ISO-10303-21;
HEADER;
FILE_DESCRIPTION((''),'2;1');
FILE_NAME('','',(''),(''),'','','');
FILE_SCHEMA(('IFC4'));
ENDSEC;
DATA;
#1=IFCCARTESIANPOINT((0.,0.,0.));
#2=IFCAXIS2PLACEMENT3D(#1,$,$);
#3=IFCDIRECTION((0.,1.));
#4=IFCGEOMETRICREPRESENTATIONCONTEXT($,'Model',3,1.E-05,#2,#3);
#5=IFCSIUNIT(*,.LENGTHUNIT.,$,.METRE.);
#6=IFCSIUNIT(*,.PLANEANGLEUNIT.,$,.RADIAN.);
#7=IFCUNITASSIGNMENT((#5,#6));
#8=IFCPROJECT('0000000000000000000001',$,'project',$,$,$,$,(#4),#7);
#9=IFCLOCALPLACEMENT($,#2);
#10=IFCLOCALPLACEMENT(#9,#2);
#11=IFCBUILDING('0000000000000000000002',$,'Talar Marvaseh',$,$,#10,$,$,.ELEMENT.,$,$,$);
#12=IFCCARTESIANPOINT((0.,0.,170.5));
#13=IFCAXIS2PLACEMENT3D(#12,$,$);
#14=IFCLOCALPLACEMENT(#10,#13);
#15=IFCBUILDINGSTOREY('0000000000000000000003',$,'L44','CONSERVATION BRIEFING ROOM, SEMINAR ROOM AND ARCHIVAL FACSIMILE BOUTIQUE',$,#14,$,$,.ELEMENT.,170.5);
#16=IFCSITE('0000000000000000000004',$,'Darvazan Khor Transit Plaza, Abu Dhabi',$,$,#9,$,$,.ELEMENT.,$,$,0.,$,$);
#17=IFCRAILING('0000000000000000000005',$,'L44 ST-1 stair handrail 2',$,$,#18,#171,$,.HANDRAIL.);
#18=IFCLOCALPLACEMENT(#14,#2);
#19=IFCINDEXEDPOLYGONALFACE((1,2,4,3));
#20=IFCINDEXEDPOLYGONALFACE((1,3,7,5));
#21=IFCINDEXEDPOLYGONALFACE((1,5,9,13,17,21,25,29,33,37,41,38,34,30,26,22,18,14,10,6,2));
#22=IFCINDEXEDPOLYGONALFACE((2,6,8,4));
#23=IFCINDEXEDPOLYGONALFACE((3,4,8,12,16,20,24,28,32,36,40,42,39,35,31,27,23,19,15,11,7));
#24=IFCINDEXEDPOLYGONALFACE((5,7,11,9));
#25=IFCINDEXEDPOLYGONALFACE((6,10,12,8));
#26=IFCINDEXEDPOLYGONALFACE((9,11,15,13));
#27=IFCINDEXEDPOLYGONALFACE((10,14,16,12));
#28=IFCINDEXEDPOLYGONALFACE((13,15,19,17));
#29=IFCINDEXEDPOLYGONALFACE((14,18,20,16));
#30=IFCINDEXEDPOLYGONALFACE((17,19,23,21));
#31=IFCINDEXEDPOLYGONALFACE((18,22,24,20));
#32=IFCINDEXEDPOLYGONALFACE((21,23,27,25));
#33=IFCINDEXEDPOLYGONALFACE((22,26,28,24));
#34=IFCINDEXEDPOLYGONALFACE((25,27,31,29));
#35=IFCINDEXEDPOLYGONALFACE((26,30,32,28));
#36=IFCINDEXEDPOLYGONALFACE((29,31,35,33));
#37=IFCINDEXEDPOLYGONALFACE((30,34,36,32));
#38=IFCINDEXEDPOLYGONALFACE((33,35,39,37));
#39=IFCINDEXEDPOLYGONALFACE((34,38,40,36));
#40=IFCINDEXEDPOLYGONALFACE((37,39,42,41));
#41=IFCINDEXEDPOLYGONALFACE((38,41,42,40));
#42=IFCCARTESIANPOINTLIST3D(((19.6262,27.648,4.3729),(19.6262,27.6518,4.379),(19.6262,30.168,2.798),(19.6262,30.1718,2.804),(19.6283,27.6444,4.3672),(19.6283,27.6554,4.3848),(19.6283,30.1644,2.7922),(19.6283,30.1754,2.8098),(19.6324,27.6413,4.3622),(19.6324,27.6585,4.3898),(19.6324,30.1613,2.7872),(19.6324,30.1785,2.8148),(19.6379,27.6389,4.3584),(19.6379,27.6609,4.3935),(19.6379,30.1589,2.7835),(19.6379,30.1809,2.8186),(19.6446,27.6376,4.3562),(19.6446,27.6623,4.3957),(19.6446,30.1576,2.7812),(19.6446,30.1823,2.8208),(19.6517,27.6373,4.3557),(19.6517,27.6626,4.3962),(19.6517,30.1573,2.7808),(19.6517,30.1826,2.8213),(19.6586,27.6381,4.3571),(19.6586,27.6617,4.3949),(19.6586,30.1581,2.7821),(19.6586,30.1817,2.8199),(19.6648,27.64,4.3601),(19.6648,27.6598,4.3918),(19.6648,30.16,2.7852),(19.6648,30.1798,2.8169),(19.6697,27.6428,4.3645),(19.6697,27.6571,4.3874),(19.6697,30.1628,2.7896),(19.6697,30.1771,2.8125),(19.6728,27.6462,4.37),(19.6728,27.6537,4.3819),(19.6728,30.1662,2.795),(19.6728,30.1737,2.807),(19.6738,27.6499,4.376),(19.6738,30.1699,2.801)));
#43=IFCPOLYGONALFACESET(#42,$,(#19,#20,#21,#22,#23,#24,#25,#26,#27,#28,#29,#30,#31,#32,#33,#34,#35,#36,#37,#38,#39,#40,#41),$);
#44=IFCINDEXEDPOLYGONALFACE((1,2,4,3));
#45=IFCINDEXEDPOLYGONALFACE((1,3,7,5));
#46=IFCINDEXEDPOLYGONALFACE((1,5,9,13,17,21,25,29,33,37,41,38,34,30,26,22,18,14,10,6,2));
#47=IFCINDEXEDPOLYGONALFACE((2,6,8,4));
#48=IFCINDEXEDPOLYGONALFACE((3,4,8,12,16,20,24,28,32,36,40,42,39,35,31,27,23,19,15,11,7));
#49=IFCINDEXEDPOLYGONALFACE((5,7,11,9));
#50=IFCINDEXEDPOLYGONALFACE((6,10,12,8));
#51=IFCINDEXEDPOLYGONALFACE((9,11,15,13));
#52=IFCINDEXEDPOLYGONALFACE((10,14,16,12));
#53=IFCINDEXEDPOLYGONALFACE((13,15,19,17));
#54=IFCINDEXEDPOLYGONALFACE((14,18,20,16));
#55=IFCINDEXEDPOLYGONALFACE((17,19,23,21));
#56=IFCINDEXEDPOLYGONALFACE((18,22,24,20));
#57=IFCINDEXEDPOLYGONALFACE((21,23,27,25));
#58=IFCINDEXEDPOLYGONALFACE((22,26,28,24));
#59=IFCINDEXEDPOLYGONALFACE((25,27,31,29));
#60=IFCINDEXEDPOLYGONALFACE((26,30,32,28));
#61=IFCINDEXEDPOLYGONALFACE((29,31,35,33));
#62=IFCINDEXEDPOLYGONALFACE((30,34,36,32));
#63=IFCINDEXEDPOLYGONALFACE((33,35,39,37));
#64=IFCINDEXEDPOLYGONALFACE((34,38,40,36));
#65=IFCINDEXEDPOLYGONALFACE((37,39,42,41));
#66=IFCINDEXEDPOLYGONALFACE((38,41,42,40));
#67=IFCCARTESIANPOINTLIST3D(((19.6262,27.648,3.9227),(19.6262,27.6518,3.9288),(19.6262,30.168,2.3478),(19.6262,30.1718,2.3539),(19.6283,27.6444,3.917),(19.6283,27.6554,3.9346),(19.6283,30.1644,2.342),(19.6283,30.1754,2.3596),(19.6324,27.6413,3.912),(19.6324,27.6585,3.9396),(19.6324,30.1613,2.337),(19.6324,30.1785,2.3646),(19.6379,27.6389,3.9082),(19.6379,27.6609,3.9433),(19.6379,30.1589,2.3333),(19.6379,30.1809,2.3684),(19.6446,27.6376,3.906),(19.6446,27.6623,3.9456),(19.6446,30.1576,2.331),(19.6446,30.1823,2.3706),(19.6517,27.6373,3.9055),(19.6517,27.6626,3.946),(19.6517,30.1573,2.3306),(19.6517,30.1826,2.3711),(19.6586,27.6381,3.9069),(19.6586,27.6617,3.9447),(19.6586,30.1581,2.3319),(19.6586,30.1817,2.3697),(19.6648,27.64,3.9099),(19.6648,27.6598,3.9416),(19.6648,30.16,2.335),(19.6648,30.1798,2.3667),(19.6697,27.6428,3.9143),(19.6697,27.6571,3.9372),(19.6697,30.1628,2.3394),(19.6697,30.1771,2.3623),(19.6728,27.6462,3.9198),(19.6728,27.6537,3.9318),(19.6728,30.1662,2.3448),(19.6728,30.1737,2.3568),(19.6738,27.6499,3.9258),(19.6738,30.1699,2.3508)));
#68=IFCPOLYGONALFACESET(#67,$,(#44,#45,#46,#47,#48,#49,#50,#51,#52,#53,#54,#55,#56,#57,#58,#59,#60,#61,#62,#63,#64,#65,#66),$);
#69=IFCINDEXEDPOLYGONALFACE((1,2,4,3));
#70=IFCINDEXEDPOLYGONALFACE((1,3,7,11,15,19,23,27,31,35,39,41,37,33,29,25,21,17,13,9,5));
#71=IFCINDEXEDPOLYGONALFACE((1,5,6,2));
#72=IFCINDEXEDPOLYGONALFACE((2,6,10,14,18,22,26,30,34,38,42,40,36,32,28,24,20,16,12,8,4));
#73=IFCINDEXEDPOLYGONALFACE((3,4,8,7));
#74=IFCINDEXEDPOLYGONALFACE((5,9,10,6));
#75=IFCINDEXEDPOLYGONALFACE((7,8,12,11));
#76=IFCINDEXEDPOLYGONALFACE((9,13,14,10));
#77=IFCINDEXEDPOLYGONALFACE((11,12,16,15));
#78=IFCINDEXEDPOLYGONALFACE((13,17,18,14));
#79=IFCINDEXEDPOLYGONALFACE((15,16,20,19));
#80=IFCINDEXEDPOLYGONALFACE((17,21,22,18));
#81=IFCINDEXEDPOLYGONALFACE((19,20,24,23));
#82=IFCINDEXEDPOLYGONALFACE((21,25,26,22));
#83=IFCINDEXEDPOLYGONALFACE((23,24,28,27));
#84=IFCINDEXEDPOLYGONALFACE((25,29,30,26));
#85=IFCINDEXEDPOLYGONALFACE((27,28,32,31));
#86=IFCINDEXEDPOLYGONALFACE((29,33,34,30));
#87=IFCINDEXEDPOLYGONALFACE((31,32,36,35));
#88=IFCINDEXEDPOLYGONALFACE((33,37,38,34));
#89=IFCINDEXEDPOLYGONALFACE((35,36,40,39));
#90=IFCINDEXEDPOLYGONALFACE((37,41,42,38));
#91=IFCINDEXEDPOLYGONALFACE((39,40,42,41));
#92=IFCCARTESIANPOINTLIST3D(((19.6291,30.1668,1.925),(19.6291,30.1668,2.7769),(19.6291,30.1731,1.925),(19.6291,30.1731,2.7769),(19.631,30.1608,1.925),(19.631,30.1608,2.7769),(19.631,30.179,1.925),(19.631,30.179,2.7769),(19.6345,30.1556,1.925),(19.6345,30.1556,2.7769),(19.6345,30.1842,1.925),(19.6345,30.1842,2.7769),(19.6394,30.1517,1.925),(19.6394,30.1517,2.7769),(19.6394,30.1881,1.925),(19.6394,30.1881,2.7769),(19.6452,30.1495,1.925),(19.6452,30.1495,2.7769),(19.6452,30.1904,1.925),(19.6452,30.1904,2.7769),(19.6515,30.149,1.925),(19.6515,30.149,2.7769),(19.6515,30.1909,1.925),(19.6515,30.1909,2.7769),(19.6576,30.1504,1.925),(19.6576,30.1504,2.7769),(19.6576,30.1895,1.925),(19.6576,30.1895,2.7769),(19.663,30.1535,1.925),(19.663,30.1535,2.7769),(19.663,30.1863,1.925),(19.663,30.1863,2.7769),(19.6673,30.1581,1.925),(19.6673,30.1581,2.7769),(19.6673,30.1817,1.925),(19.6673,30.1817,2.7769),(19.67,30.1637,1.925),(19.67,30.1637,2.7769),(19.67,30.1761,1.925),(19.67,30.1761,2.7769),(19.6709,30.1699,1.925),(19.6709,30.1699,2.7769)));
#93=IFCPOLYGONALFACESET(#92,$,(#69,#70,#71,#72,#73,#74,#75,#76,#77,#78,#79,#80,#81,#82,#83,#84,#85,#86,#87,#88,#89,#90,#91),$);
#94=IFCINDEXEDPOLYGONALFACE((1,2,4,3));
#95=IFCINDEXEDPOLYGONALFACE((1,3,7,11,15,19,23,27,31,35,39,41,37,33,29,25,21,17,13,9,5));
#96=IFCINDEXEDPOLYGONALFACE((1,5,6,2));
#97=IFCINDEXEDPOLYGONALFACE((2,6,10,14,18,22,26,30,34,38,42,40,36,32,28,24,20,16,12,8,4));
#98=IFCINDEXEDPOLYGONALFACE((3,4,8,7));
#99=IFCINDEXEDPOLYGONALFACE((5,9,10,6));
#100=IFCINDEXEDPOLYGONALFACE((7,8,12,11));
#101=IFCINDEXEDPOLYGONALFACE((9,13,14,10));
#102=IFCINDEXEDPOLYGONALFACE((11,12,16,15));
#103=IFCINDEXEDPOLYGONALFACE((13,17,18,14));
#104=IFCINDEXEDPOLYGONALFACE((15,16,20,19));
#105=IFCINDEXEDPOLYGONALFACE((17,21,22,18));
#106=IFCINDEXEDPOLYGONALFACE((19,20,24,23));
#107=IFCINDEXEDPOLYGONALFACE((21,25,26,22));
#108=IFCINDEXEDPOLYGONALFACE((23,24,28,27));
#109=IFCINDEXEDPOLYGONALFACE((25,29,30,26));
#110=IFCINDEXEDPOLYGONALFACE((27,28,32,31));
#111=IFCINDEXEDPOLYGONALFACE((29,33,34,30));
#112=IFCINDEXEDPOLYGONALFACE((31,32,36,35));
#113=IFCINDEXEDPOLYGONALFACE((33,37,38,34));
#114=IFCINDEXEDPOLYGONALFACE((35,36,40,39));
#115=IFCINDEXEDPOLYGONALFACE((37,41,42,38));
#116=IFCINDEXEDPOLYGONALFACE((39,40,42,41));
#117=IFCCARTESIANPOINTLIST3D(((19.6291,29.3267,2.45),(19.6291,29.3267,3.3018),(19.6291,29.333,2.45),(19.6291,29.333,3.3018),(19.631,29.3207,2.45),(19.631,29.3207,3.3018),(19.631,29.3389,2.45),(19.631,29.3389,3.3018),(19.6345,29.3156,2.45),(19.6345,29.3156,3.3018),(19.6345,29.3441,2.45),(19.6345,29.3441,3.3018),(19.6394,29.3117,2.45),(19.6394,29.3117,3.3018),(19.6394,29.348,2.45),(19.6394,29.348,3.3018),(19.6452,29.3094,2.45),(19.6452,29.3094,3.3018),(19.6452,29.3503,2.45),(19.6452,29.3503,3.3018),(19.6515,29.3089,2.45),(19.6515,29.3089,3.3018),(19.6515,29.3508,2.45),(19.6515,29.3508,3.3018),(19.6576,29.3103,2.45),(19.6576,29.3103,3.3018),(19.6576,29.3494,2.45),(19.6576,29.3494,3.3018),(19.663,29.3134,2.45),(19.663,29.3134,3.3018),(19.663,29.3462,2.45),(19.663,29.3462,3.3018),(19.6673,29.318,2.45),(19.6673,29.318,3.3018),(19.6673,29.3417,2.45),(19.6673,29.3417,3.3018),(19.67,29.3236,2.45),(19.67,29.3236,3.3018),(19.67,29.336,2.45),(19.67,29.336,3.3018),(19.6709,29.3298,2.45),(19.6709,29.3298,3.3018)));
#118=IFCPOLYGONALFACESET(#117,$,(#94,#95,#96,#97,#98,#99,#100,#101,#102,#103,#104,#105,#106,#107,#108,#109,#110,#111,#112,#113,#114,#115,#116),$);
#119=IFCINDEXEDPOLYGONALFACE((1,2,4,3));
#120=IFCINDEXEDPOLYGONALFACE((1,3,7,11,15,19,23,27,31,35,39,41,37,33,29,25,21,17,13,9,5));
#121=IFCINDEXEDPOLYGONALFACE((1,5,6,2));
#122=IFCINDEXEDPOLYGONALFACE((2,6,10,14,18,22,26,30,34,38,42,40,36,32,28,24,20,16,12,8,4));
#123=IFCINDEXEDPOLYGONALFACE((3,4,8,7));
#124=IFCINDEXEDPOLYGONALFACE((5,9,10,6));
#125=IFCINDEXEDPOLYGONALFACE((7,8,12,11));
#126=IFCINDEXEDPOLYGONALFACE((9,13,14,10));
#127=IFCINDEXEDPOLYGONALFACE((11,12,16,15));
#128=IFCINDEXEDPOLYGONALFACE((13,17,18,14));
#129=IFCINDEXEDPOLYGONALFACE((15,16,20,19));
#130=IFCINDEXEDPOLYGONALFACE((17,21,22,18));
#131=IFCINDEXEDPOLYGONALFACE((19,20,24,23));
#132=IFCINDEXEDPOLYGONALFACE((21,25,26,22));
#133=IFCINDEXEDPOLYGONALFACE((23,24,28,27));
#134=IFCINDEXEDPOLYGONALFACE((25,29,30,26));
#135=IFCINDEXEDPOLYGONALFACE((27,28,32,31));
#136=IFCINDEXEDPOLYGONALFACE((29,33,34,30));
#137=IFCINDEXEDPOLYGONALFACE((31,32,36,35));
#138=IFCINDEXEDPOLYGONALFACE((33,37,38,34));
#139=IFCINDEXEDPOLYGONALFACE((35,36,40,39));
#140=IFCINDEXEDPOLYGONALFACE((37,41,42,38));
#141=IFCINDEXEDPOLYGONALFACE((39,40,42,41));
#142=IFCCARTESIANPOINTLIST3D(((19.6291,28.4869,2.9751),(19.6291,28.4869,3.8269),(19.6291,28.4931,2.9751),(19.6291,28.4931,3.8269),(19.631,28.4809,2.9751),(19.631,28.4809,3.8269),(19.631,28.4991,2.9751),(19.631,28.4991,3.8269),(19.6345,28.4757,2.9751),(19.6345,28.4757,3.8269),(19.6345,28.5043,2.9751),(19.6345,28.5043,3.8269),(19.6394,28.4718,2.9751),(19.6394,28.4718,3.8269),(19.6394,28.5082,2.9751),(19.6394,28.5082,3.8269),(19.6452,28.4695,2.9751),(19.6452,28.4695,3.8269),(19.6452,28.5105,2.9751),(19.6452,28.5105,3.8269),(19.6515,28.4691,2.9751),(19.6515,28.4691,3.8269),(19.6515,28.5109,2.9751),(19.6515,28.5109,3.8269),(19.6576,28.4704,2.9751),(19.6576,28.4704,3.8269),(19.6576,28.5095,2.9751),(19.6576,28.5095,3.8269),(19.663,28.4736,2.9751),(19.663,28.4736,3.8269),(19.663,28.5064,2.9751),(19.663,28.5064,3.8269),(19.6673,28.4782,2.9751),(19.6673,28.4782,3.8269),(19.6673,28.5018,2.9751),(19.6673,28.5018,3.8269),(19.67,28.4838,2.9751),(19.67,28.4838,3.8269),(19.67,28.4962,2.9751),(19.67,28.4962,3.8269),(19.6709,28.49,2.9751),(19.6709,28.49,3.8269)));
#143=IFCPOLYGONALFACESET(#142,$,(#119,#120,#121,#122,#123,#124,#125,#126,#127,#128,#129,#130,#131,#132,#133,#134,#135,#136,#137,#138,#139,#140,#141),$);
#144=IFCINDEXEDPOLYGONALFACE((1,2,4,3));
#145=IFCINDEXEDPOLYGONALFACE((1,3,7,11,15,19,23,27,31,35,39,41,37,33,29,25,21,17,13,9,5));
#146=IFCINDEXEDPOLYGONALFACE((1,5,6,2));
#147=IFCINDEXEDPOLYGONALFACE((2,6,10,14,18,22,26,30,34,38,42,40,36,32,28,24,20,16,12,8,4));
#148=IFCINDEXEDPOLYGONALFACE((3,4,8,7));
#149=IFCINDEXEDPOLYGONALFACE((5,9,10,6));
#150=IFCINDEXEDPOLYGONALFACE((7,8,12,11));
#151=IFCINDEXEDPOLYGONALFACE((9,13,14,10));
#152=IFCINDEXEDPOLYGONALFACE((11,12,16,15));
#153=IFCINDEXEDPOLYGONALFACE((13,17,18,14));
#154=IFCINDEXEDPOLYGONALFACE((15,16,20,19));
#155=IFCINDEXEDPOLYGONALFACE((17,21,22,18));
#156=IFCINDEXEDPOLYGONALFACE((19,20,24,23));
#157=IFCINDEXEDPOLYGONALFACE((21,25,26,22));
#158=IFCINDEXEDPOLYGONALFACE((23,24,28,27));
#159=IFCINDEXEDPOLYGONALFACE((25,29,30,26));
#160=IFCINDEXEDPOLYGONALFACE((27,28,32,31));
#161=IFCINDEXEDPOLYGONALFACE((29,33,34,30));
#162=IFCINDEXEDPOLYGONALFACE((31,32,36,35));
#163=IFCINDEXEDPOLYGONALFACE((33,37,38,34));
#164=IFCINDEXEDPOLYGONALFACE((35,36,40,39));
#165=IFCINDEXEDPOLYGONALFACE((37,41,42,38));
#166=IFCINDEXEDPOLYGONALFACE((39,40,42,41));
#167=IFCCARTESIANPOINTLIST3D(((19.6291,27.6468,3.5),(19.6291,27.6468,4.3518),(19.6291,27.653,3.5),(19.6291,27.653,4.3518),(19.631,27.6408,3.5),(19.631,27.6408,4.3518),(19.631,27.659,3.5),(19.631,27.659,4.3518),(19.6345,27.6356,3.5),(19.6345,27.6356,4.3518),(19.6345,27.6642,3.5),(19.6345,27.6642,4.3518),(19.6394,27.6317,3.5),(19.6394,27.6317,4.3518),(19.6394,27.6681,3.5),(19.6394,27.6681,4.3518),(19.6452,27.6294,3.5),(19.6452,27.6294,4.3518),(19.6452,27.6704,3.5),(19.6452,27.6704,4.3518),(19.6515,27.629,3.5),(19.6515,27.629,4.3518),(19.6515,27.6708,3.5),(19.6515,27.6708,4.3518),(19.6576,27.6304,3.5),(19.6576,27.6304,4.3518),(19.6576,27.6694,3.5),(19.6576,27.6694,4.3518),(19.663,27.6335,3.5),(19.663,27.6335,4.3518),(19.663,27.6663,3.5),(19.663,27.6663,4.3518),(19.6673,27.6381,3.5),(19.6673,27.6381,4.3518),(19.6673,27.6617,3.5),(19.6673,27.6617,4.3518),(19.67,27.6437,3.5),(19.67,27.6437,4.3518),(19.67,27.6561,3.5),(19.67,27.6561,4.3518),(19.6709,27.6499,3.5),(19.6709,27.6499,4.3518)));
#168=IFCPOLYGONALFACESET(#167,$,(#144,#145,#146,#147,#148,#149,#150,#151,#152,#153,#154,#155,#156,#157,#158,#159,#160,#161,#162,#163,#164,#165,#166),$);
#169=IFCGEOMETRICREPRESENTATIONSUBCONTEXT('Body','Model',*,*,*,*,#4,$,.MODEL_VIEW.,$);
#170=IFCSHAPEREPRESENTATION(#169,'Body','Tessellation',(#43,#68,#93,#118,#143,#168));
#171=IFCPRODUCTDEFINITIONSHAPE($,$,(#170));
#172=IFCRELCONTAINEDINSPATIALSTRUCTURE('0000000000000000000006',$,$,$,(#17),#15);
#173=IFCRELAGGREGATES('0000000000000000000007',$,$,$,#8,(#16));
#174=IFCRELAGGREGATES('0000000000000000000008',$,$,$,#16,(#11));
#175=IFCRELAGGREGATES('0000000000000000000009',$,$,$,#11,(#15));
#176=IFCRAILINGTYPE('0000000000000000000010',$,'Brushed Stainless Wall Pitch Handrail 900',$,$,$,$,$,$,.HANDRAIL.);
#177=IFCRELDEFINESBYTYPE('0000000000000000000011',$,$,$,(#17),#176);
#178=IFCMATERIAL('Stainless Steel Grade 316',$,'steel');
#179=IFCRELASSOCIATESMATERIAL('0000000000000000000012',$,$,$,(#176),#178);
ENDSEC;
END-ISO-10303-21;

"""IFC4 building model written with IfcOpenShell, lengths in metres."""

from ifc_helpers import new_model, si_unit, direction, frame, origin, origin_2d, place, context, subcontext, project, spatial, circle, extrude, material, type_object, element, save


model = new_model("IFC4")

# Units and contexts
model_context = context("Model", 3, precision=1e-05, world=origin(), true_north=direction((0.0, 1.0)))
body_context = subcontext(model_context, "Body", "Model", "MODEL_VIEW")
ifc_project = project(units=[si_unit("LENGTHUNIT", "METRE"), si_unit("PLANEANGLEUNIT", "RADIAN")], contexts=[model_context])

# Site, building, storey
site_placement = place(None, origin())
site = spatial("IfcSite", under=ifc_project, at=site_placement, Name="Darvazan Khor Transit Plaza, Abu Dhabi", CompositionType="ELEMENT", RefElevation=0.0)
building_placement = place(site_placement, origin())
building = spatial("IfcBuilding", under=site, at=building_placement, Name="Talar Marvaseh", CompositionType="ELEMENT")
storey_placement = place(building_placement, frame((0.0, 0.0, 170.5)))
storey = spatial("IfcBuildingStorey", under=building, at=storey_placement, Name="L44", Description="CONSERVATION BRIEFING ROOM, SEMINAR ROOM AND ARCHIVAL FACSIMILE BOUTIQUE", CompositionType="ELEMENT", Elevation=170.5)

# Railing
ifc_material_1 = material(Name="Stainless Steel Grade 316", Category="steel")
railing_type_1 = type_object("IfcRailingType", Name="Brushed Stainless Wall Pitch Handrail 900", PredefinedType="HANDRAIL", material=ifc_material_1)
railing_1_placement = place(storey_placement, frame((19.6499, 30.1699, 1.925)))
element("IfcRailing", 1, at=railing_1_placement, inside=storey, type_object=railing_type_1, Name="L44 ST-1 stair handrail 2", PredefinedType="HANDRAIL", context=body_context, shape_type="SweptSolid", body=[
    extrude(circle(Radius=0.0239, at=origin_2d()), frame((0.0, 0.0, 0.876), z_axis=(0.0, -0.848008, 0.529984), x_axis=(1.0, 0.0, 0.0)), (0.0, 0.0, 1.0), 2.9717),
    extrude(circle(Radius=0.0239, at=origin_2d()), frame((0.0, 0.0, 0.4258), z_axis=(0.0, -0.848008, 0.529984), x_axis=(1.0, 0.0, 0.0)), (0.0, 0.0, 1.0), 2.9717),
    extrude(circle(Radius=0.021, at=origin_2d()), origin(), (0.0, 0.0, 1.0), 0.8518),
    extrude(circle(Radius=0.021, at=origin_2d()), frame((0.0, -0.8401, 0.5249)), (0.0, 0.0, 1.0), 0.8518),
    extrude(circle(Radius=0.021, at=origin_2d()), frame((0.0, -1.6799, 1.05)), (0.0, 0.0, 1.0), 0.8518),
    extrude(circle(Radius=0.021, at=origin_2d()), frame((0.0, -2.52, 1.575)), (0.0, 0.0, 1.0), 0.8518),
])

save(model, "model.ifc")
